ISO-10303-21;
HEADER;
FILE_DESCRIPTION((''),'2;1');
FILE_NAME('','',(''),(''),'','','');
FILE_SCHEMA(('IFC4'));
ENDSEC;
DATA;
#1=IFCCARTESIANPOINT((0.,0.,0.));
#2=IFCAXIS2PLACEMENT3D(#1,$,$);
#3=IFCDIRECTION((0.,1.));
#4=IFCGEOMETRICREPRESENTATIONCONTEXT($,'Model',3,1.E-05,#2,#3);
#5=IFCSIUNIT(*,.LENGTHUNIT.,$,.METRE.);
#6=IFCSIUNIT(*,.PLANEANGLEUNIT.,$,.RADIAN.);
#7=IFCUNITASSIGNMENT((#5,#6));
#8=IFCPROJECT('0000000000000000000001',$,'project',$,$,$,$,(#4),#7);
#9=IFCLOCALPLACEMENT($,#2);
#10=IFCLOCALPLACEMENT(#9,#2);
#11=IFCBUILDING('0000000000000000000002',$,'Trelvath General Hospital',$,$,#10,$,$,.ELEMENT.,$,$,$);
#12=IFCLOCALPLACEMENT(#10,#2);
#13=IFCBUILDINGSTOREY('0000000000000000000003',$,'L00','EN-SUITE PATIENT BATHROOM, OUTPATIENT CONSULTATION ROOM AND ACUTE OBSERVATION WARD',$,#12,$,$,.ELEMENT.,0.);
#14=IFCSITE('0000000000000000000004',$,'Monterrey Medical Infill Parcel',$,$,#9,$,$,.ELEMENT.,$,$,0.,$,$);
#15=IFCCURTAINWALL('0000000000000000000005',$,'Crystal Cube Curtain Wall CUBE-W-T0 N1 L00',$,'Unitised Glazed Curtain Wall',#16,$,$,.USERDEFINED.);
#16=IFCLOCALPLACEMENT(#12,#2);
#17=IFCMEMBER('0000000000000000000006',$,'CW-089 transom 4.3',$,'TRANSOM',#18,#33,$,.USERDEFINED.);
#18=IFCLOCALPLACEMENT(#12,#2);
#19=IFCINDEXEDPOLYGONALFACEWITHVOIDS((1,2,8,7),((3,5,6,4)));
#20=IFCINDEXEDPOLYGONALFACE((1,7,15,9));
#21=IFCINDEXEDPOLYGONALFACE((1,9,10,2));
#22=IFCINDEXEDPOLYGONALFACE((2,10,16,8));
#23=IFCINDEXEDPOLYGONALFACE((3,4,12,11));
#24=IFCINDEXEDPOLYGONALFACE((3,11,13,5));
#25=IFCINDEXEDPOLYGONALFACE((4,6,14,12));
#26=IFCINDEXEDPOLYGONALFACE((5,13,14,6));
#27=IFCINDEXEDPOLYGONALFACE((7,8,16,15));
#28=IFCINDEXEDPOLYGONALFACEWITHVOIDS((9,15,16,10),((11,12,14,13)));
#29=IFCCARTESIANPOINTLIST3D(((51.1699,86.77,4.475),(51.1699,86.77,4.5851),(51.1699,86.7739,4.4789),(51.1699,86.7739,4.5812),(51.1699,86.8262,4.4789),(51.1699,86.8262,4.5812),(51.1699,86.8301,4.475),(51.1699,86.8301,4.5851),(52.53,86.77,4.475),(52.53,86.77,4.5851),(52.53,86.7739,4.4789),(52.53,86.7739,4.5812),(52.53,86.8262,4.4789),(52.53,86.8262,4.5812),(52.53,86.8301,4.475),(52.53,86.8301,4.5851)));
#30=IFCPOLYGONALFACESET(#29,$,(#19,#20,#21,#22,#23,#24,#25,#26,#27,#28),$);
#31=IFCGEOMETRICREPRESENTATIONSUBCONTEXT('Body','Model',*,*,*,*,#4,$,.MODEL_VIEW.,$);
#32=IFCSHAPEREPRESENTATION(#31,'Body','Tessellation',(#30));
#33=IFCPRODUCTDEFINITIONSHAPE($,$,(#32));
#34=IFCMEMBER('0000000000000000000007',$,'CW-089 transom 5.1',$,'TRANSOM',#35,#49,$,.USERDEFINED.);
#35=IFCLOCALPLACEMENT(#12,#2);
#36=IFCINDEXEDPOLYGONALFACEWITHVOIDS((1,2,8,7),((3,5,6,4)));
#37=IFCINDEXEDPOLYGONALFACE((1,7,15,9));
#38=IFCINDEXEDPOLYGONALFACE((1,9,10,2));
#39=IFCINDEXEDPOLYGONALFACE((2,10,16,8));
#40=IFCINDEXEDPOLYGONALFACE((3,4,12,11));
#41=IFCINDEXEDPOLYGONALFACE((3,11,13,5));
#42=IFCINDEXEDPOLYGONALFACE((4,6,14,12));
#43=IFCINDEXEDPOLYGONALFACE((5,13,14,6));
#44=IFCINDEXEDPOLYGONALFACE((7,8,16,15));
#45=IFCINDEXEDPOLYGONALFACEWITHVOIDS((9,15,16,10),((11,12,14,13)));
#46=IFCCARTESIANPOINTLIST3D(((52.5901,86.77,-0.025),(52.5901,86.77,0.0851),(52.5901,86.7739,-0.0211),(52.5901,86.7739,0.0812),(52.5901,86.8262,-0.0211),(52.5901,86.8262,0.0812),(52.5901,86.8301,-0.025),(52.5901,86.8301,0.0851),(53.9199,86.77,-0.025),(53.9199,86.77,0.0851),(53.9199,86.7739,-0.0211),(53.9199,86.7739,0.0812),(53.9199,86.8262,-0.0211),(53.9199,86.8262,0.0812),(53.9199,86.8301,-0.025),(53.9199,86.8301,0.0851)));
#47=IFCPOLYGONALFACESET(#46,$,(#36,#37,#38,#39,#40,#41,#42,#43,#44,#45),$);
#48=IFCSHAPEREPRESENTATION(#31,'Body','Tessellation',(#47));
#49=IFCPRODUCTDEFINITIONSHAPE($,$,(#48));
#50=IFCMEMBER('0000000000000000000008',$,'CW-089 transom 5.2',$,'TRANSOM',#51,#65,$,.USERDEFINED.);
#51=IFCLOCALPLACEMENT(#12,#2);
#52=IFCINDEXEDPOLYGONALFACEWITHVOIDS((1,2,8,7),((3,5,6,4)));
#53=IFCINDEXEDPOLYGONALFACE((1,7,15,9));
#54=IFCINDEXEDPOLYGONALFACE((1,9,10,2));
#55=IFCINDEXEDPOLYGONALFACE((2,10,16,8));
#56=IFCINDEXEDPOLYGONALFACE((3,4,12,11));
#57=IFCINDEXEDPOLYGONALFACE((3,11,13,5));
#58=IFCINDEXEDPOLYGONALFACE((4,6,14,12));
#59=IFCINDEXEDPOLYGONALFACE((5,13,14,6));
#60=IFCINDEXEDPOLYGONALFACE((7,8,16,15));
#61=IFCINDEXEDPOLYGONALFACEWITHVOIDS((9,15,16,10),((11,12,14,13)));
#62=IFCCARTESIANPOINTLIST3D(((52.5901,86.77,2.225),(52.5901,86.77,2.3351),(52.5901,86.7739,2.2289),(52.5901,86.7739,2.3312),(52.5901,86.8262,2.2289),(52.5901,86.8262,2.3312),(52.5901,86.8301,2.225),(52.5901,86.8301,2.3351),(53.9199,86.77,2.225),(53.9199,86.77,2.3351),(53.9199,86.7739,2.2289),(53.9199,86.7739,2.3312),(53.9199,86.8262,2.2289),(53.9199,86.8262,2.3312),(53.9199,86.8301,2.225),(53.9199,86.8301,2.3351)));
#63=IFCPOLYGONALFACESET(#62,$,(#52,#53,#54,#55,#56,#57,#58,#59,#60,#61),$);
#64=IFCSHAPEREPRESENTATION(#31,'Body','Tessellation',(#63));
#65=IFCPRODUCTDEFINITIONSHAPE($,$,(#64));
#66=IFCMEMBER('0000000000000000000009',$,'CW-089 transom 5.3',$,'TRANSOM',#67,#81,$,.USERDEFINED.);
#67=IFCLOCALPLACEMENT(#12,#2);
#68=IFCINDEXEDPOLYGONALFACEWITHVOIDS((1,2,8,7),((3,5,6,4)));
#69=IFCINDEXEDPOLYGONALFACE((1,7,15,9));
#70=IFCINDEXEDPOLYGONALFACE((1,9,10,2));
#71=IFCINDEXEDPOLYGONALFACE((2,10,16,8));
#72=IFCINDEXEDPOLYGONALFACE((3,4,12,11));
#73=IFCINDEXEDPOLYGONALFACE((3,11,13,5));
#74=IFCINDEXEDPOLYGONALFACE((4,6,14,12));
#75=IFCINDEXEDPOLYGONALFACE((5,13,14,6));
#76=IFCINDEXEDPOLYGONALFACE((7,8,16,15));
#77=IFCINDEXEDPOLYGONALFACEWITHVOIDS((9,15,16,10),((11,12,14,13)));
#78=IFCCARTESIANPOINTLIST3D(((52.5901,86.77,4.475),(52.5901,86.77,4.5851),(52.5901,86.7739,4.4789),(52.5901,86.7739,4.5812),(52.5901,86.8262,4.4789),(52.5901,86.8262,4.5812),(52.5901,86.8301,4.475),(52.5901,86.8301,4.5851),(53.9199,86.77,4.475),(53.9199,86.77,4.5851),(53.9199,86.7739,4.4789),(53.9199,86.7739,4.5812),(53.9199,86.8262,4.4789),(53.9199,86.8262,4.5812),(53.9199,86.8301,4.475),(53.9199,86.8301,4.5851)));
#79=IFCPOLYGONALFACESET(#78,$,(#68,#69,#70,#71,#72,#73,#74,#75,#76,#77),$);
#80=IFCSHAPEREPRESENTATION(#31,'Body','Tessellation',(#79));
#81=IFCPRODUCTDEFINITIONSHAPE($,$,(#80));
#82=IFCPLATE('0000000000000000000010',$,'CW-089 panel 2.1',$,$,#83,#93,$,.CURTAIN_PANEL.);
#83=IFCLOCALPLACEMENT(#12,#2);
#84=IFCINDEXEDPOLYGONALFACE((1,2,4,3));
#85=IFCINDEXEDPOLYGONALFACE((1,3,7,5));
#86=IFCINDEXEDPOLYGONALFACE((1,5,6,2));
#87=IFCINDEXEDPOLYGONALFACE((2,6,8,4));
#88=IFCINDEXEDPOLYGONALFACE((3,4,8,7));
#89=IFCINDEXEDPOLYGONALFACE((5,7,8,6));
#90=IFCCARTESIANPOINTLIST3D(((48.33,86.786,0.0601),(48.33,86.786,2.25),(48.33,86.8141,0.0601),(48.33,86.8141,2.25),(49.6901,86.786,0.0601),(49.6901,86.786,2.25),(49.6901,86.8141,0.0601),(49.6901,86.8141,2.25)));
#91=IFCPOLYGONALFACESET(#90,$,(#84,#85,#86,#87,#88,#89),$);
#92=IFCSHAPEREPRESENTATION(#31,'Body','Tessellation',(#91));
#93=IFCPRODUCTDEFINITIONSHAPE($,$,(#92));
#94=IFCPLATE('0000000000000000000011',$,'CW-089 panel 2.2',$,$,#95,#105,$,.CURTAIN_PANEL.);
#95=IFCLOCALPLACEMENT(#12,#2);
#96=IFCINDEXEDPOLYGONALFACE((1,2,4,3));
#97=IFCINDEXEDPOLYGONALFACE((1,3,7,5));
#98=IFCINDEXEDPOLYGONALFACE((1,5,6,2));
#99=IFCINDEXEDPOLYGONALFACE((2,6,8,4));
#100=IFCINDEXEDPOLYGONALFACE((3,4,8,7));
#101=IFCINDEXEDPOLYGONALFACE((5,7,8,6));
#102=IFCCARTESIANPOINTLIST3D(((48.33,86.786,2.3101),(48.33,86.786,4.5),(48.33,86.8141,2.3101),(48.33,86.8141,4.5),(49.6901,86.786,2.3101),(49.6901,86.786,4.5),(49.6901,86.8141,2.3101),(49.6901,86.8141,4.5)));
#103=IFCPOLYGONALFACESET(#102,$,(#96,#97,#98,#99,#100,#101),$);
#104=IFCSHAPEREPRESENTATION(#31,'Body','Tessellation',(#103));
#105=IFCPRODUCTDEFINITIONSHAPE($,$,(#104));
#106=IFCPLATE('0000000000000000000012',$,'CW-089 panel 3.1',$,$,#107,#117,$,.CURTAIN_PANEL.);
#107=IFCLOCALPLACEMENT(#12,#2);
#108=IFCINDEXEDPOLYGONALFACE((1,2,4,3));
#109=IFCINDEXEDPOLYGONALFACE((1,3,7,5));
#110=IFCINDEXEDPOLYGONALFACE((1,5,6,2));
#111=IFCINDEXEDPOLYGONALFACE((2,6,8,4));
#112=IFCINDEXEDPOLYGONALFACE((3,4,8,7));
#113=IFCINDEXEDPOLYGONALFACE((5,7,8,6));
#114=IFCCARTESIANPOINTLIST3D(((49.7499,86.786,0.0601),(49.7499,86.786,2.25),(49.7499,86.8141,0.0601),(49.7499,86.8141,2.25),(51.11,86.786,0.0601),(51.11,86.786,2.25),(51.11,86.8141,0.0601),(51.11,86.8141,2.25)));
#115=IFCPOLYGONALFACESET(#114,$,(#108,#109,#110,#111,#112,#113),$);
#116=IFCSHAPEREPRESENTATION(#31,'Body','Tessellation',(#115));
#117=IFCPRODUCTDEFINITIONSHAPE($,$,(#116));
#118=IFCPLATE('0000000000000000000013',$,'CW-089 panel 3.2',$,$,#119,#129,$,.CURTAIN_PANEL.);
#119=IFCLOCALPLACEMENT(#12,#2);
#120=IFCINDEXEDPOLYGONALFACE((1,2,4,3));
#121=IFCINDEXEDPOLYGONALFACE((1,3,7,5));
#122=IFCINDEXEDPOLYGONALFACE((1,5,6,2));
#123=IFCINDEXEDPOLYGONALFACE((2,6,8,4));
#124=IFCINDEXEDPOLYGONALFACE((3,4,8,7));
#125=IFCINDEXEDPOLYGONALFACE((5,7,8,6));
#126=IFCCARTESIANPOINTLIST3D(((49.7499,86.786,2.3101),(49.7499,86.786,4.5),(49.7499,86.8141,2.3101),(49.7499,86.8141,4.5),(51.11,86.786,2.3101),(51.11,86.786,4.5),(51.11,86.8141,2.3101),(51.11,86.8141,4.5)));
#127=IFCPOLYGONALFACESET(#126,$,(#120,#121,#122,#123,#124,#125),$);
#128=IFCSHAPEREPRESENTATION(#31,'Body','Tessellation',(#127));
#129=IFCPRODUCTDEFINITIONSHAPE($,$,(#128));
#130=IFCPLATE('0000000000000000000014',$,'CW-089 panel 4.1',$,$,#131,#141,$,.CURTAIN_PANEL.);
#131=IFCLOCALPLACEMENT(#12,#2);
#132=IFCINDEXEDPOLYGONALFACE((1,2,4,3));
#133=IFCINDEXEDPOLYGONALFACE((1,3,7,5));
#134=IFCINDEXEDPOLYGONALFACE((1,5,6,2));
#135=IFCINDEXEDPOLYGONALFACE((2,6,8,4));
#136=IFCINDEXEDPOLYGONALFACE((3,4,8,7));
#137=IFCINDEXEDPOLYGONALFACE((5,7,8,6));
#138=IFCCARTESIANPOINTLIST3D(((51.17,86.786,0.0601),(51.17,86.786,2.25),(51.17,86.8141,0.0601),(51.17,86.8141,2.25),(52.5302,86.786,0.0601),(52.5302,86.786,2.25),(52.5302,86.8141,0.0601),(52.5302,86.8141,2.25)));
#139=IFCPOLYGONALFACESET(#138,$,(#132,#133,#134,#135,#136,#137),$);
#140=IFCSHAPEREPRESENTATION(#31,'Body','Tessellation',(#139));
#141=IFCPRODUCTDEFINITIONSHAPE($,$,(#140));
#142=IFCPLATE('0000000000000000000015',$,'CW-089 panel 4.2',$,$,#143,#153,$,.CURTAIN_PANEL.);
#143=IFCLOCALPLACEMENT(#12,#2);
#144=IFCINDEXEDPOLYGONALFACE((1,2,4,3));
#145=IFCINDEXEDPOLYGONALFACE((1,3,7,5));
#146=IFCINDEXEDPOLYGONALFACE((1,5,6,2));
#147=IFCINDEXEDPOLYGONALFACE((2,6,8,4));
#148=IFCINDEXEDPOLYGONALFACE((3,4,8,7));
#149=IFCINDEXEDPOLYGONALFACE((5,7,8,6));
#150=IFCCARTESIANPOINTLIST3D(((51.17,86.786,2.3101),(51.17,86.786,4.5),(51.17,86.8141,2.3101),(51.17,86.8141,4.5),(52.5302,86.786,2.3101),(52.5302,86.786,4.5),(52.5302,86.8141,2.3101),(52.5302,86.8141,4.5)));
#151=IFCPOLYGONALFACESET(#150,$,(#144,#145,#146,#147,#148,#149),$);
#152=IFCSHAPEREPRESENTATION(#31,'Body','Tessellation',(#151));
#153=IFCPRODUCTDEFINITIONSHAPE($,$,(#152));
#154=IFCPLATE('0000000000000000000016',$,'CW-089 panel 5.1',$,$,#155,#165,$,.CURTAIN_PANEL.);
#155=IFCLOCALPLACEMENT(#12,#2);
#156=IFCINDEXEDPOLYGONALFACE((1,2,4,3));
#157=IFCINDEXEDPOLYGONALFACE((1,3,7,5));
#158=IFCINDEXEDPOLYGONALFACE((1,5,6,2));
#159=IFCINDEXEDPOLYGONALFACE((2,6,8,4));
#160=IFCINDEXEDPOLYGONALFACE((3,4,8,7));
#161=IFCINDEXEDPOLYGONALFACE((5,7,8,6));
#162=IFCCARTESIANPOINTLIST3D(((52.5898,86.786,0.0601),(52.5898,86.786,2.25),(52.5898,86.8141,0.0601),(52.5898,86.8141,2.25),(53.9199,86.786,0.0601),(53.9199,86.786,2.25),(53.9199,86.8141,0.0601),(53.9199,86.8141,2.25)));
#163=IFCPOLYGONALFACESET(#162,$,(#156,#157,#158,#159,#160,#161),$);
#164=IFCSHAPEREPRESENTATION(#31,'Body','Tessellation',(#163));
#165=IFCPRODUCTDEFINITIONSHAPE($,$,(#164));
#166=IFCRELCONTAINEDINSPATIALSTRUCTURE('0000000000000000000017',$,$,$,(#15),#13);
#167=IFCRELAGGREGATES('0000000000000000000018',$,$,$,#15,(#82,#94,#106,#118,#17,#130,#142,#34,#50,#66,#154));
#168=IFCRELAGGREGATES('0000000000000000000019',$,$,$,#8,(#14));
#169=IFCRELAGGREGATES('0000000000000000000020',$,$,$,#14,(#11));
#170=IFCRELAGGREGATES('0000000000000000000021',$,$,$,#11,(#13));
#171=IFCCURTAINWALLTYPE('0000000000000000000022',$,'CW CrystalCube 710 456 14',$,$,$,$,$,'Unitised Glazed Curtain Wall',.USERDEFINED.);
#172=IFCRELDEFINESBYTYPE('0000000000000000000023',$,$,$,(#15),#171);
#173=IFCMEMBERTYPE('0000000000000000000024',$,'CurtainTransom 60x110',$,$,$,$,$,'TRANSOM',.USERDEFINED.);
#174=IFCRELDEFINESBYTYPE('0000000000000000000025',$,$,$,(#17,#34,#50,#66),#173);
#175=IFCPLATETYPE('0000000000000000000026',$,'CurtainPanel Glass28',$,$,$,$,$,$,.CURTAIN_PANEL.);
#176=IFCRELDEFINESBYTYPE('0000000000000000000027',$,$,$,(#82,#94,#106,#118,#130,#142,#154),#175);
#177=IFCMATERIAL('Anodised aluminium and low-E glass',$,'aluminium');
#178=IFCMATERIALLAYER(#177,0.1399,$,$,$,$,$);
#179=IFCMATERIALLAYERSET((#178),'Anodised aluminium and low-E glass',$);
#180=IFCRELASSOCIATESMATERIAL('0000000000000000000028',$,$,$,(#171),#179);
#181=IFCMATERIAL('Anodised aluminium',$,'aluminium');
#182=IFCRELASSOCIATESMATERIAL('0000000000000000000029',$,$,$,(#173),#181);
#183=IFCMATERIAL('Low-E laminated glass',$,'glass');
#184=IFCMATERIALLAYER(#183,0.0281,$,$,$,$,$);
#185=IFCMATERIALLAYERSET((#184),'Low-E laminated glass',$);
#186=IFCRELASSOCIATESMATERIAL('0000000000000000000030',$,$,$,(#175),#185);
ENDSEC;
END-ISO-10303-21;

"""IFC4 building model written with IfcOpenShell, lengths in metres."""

from ifc_helpers import new_model, si_unit, direction, frame, origin, origin_2d, place, context, subcontext, project, spatial, rectangle, hollow_rectangle, extrude, material, layer, layer_set, material_profile, profile_set, type_object, element, aggregate, save


model = new_model("IFC4")

# Units and contexts
model_context = context("Model", 3, precision=1e-05, world=origin(), true_north=direction((0.0, 1.0)))
body_context = subcontext(model_context, "Body", "Model", "MODEL_VIEW")
ifc_project = project(units=[si_unit("LENGTHUNIT", "METRE"), si_unit("PLANEANGLEUNIT", "RADIAN")], contexts=[model_context])

# Site, building, storey
site_placement = place(None, origin())
site = spatial("IfcSite", under=ifc_project, at=site_placement, Name="Monterrey Medical Infill Parcel", CompositionType="ELEMENT", RefElevation=0.0)
building_placement = place(site_placement, origin())
building = spatial("IfcBuilding", under=site, at=building_placement, Name="Trelvath General Hospital", CompositionType="ELEMENT")
storey_placement = place(building_placement, origin())
storey = spatial("IfcBuildingStorey", under=building, at=storey_placement, Name="L00", Description="EN-SUITE PATIENT BATHROOM, OUTPATIENT CONSULTATION ROOM AND ACUTE OBSERVATION WARD", CompositionType="ELEMENT", Elevation=0.0)

# Curtain wall, members, plates
ifc_material_1 = material(Name="Anodised aluminium and low-E glass", Category="aluminium")
ifc_layer_1 = layer(ifc_material_1, 0.1399)
ifc_layer_set_1 = layer_set([ifc_layer_1], Name="Anodised aluminium and low-E glass")
curtain_wall_type = type_object("IfcCurtainWallType", Name="CW CrystalCube 710 456 14", ElementType="Unitised Glazed Curtain Wall", PredefinedType="USERDEFINED", material=ifc_layer_set_1)
curtain_wall_placement = place(storey_placement, origin())
curtain_wall = element("IfcCurtainWall", 1, at=curtain_wall_placement, inside=storey, type_object=curtain_wall_type, Name="Crystal Cube Curtain Wall CUBE-W-T0 N1 L00", ObjectType="Unitised Glazed Curtain Wall", PredefinedType="USERDEFINED")
ifc_material_2 = material(Name="Anodised aluminium", Category="aluminium")
ifc_material_profile_1 = material_profile(ifc_material_2, hollow_rectangle(XDim=0.0601, YDim=0.1101, WallThickness=0.0039, at=origin_2d()), Name="RHS60x110x4")
ifc_profile_set_1 = profile_set([ifc_material_profile_1], Name="Anodised aluminium")
member_type_1 = type_object("IfcMemberType", Name="CurtainTransom 60x110", ElementType="TRANSOM", PredefinedType="USERDEFINED", material=ifc_profile_set_1)
member_1_placement = place(storey_placement, frame((51.1699, 86.8, 4.53), z_axis=(1.0, 0.0, 0.0), x_axis=(0.0, 1.0, 0.0)))
member_1 = element("IfcMember", 2, at=member_1_placement, type_object=member_type_1, Name="CW-089 transom 4.3", ObjectType="TRANSOM", PredefinedType="USERDEFINED", context=body_context, shape_type="SweptSolid", body=[
    extrude(hollow_rectangle(XDim=0.0601, YDim=0.1101, WallThickness=0.0039, at=origin_2d()), origin(), (0.0, 0.0, 1.0), 1.3601),
])
member_2_placement = place(storey_placement, frame((52.5901, 86.8, 0.03), z_axis=(1.0, 0.0, 0.0), x_axis=(0.0, 1.0, 0.0)))
member_2 = element("IfcMember", 3, at=member_2_placement, type_object=member_type_1, Name="CW-089 transom 5.1", ObjectType="TRANSOM", PredefinedType="USERDEFINED", context=body_context, shape_type="SweptSolid", body=[
    extrude(hollow_rectangle(XDim=0.0601, YDim=0.1101, WallThickness=0.0039, at=origin_2d()), origin(), (0.0, 0.0, 1.0), 1.3298),
])
member_3_placement = place(storey_placement, frame((52.5901, 86.8, 2.28), z_axis=(1.0, 0.0, 0.0), x_axis=(0.0, 1.0, 0.0)))
member_3 = element("IfcMember", 4, at=member_3_placement, type_object=member_type_1, Name="CW-089 transom 5.2", ObjectType="TRANSOM", PredefinedType="USERDEFINED", context=body_context, shape_type="SweptSolid", body=[
    extrude(hollow_rectangle(XDim=0.0601, YDim=0.1101, WallThickness=0.0039, at=origin_2d()), origin(), (0.0, 0.0, 1.0), 1.3298),
])
member_4_placement = place(storey_placement, frame((52.5901, 86.8, 4.53), z_axis=(1.0, 0.0, 0.0), x_axis=(0.0, 1.0, 0.0)))
member_4 = element("IfcMember", 5, at=member_4_placement, type_object=member_type_1, Name="CW-089 transom 5.3", ObjectType="TRANSOM", PredefinedType="USERDEFINED", context=body_context, shape_type="SweptSolid", body=[
    extrude(hollow_rectangle(XDim=0.0601, YDim=0.1101, WallThickness=0.0039, at=origin_2d()), origin(), (0.0, 0.0, 1.0), 1.3298),
])
ifc_material_3 = material(Name="Low-E laminated glass", Category="glass")
ifc_layer_2 = layer(ifc_material_3, 0.0281)
ifc_layer_set_2 = layer_set([ifc_layer_2], Name="Low-E laminated glass")
plate_type = type_object("IfcPlateType", Name="CurtainPanel Glass28", PredefinedType="CURTAIN_PANEL", material=ifc_layer_set_2)
plate_1_placement = place(storey_placement, frame((49.01, 86.8, 0.0601), z_axis=(0.0, 0.0, 1.0), x_axis=(1.0, 0.0, 0.0)))
plate_1 = element("IfcPlate", 6, at=plate_1_placement, type_object=plate_type, Name="CW-089 panel 2.1", PredefinedType="CURTAIN_PANEL", context=body_context, shape_type="SweptSolid", body=[
    extrude(rectangle(XDim=1.3601, YDim=0.0281, at=origin_2d()), origin(), (0.0, 0.0, 1.0), 2.1899),
])
plate_2_placement = place(storey_placement, frame((49.01, 86.8, 2.3101), z_axis=(0.0, 0.0, 1.0), x_axis=(1.0, 0.0, 0.0)))
plate_2 = element("IfcPlate", 7, at=plate_2_placement, type_object=plate_type, Name="CW-089 panel 2.2", PredefinedType="CURTAIN_PANEL", context=body_context, shape_type="SweptSolid", body=[
    extrude(rectangle(XDim=1.3601, YDim=0.0281, at=origin_2d()), origin(), (0.0, 0.0, 1.0), 2.1899),
])
plate_3_placement = place(storey_placement, frame((50.4299, 86.8, 0.0601), z_axis=(0.0, 0.0, 1.0), x_axis=(1.0, 0.0, 0.0)))
plate_3 = element("IfcPlate", 8, at=plate_3_placement, type_object=plate_type, Name="CW-089 panel 3.1", PredefinedType="CURTAIN_PANEL", context=body_context, shape_type="SweptSolid", body=[
    extrude(rectangle(XDim=1.3601, YDim=0.0281, at=origin_2d()), origin(), (0.0, 0.0, 1.0), 2.1899),
])
plate_4_placement = place(storey_placement, frame((50.4299, 86.8, 2.3101), z_axis=(0.0, 0.0, 1.0), x_axis=(1.0, 0.0, 0.0)))
plate_4 = element("IfcPlate", 9, at=plate_4_placement, type_object=plate_type, Name="CW-089 panel 3.2", PredefinedType="CURTAIN_PANEL", context=body_context, shape_type="SweptSolid", body=[
    extrude(rectangle(XDim=1.3601, YDim=0.0281, at=origin_2d()), origin(), (0.0, 0.0, 1.0), 2.1899),
])
plate_5_placement = place(storey_placement, frame((51.8501, 86.8, 0.0601), z_axis=(0.0, 0.0, 1.0), x_axis=(1.0, 0.0, 0.0)))
plate_5 = element("IfcPlate", 10, at=plate_5_placement, type_object=plate_type, Name="CW-089 panel 4.1", PredefinedType="CURTAIN_PANEL", context=body_context, shape_type="SweptSolid", body=[
    extrude(rectangle(XDim=1.3601, YDim=0.0281, at=origin_2d()), origin(), (0.0, 0.0, 1.0), 2.1899),
])
plate_6_placement = place(storey_placement, frame((51.8501, 86.8, 2.3101), z_axis=(0.0, 0.0, 1.0), x_axis=(1.0, 0.0, 0.0)))
plate_6 = element("IfcPlate", 11, at=plate_6_placement, type_object=plate_type, Name="CW-089 panel 4.2", PredefinedType="CURTAIN_PANEL", context=body_context, shape_type="SweptSolid", body=[
    extrude(rectangle(XDim=1.3601, YDim=0.0281, at=origin_2d()), origin(), (0.0, 0.0, 1.0), 2.1899),
])
plate_7_placement = place(storey_placement, frame((53.2549, 86.8, 0.0601), z_axis=(0.0, 0.0, 1.0), x_axis=(1.0, 0.0, 0.0)))
plate_7 = element("IfcPlate", 12, at=plate_7_placement, type_object=plate_type, Name="CW-089 panel 5.1", PredefinedType="CURTAIN_PANEL", context=body_context, shape_type="SweptSolid", body=[
    extrude(rectangle(XDim=1.3301, YDim=0.0281, at=origin_2d()), origin(), (0.0, 0.0, 1.0), 2.1899),
])
aggregate(curtain_wall, [plate_1, plate_2, plate_3, plate_4, member_1, plate_5, plate_6, member_2, member_3, member_4, plate_7])

save(model, "model.ifc")
